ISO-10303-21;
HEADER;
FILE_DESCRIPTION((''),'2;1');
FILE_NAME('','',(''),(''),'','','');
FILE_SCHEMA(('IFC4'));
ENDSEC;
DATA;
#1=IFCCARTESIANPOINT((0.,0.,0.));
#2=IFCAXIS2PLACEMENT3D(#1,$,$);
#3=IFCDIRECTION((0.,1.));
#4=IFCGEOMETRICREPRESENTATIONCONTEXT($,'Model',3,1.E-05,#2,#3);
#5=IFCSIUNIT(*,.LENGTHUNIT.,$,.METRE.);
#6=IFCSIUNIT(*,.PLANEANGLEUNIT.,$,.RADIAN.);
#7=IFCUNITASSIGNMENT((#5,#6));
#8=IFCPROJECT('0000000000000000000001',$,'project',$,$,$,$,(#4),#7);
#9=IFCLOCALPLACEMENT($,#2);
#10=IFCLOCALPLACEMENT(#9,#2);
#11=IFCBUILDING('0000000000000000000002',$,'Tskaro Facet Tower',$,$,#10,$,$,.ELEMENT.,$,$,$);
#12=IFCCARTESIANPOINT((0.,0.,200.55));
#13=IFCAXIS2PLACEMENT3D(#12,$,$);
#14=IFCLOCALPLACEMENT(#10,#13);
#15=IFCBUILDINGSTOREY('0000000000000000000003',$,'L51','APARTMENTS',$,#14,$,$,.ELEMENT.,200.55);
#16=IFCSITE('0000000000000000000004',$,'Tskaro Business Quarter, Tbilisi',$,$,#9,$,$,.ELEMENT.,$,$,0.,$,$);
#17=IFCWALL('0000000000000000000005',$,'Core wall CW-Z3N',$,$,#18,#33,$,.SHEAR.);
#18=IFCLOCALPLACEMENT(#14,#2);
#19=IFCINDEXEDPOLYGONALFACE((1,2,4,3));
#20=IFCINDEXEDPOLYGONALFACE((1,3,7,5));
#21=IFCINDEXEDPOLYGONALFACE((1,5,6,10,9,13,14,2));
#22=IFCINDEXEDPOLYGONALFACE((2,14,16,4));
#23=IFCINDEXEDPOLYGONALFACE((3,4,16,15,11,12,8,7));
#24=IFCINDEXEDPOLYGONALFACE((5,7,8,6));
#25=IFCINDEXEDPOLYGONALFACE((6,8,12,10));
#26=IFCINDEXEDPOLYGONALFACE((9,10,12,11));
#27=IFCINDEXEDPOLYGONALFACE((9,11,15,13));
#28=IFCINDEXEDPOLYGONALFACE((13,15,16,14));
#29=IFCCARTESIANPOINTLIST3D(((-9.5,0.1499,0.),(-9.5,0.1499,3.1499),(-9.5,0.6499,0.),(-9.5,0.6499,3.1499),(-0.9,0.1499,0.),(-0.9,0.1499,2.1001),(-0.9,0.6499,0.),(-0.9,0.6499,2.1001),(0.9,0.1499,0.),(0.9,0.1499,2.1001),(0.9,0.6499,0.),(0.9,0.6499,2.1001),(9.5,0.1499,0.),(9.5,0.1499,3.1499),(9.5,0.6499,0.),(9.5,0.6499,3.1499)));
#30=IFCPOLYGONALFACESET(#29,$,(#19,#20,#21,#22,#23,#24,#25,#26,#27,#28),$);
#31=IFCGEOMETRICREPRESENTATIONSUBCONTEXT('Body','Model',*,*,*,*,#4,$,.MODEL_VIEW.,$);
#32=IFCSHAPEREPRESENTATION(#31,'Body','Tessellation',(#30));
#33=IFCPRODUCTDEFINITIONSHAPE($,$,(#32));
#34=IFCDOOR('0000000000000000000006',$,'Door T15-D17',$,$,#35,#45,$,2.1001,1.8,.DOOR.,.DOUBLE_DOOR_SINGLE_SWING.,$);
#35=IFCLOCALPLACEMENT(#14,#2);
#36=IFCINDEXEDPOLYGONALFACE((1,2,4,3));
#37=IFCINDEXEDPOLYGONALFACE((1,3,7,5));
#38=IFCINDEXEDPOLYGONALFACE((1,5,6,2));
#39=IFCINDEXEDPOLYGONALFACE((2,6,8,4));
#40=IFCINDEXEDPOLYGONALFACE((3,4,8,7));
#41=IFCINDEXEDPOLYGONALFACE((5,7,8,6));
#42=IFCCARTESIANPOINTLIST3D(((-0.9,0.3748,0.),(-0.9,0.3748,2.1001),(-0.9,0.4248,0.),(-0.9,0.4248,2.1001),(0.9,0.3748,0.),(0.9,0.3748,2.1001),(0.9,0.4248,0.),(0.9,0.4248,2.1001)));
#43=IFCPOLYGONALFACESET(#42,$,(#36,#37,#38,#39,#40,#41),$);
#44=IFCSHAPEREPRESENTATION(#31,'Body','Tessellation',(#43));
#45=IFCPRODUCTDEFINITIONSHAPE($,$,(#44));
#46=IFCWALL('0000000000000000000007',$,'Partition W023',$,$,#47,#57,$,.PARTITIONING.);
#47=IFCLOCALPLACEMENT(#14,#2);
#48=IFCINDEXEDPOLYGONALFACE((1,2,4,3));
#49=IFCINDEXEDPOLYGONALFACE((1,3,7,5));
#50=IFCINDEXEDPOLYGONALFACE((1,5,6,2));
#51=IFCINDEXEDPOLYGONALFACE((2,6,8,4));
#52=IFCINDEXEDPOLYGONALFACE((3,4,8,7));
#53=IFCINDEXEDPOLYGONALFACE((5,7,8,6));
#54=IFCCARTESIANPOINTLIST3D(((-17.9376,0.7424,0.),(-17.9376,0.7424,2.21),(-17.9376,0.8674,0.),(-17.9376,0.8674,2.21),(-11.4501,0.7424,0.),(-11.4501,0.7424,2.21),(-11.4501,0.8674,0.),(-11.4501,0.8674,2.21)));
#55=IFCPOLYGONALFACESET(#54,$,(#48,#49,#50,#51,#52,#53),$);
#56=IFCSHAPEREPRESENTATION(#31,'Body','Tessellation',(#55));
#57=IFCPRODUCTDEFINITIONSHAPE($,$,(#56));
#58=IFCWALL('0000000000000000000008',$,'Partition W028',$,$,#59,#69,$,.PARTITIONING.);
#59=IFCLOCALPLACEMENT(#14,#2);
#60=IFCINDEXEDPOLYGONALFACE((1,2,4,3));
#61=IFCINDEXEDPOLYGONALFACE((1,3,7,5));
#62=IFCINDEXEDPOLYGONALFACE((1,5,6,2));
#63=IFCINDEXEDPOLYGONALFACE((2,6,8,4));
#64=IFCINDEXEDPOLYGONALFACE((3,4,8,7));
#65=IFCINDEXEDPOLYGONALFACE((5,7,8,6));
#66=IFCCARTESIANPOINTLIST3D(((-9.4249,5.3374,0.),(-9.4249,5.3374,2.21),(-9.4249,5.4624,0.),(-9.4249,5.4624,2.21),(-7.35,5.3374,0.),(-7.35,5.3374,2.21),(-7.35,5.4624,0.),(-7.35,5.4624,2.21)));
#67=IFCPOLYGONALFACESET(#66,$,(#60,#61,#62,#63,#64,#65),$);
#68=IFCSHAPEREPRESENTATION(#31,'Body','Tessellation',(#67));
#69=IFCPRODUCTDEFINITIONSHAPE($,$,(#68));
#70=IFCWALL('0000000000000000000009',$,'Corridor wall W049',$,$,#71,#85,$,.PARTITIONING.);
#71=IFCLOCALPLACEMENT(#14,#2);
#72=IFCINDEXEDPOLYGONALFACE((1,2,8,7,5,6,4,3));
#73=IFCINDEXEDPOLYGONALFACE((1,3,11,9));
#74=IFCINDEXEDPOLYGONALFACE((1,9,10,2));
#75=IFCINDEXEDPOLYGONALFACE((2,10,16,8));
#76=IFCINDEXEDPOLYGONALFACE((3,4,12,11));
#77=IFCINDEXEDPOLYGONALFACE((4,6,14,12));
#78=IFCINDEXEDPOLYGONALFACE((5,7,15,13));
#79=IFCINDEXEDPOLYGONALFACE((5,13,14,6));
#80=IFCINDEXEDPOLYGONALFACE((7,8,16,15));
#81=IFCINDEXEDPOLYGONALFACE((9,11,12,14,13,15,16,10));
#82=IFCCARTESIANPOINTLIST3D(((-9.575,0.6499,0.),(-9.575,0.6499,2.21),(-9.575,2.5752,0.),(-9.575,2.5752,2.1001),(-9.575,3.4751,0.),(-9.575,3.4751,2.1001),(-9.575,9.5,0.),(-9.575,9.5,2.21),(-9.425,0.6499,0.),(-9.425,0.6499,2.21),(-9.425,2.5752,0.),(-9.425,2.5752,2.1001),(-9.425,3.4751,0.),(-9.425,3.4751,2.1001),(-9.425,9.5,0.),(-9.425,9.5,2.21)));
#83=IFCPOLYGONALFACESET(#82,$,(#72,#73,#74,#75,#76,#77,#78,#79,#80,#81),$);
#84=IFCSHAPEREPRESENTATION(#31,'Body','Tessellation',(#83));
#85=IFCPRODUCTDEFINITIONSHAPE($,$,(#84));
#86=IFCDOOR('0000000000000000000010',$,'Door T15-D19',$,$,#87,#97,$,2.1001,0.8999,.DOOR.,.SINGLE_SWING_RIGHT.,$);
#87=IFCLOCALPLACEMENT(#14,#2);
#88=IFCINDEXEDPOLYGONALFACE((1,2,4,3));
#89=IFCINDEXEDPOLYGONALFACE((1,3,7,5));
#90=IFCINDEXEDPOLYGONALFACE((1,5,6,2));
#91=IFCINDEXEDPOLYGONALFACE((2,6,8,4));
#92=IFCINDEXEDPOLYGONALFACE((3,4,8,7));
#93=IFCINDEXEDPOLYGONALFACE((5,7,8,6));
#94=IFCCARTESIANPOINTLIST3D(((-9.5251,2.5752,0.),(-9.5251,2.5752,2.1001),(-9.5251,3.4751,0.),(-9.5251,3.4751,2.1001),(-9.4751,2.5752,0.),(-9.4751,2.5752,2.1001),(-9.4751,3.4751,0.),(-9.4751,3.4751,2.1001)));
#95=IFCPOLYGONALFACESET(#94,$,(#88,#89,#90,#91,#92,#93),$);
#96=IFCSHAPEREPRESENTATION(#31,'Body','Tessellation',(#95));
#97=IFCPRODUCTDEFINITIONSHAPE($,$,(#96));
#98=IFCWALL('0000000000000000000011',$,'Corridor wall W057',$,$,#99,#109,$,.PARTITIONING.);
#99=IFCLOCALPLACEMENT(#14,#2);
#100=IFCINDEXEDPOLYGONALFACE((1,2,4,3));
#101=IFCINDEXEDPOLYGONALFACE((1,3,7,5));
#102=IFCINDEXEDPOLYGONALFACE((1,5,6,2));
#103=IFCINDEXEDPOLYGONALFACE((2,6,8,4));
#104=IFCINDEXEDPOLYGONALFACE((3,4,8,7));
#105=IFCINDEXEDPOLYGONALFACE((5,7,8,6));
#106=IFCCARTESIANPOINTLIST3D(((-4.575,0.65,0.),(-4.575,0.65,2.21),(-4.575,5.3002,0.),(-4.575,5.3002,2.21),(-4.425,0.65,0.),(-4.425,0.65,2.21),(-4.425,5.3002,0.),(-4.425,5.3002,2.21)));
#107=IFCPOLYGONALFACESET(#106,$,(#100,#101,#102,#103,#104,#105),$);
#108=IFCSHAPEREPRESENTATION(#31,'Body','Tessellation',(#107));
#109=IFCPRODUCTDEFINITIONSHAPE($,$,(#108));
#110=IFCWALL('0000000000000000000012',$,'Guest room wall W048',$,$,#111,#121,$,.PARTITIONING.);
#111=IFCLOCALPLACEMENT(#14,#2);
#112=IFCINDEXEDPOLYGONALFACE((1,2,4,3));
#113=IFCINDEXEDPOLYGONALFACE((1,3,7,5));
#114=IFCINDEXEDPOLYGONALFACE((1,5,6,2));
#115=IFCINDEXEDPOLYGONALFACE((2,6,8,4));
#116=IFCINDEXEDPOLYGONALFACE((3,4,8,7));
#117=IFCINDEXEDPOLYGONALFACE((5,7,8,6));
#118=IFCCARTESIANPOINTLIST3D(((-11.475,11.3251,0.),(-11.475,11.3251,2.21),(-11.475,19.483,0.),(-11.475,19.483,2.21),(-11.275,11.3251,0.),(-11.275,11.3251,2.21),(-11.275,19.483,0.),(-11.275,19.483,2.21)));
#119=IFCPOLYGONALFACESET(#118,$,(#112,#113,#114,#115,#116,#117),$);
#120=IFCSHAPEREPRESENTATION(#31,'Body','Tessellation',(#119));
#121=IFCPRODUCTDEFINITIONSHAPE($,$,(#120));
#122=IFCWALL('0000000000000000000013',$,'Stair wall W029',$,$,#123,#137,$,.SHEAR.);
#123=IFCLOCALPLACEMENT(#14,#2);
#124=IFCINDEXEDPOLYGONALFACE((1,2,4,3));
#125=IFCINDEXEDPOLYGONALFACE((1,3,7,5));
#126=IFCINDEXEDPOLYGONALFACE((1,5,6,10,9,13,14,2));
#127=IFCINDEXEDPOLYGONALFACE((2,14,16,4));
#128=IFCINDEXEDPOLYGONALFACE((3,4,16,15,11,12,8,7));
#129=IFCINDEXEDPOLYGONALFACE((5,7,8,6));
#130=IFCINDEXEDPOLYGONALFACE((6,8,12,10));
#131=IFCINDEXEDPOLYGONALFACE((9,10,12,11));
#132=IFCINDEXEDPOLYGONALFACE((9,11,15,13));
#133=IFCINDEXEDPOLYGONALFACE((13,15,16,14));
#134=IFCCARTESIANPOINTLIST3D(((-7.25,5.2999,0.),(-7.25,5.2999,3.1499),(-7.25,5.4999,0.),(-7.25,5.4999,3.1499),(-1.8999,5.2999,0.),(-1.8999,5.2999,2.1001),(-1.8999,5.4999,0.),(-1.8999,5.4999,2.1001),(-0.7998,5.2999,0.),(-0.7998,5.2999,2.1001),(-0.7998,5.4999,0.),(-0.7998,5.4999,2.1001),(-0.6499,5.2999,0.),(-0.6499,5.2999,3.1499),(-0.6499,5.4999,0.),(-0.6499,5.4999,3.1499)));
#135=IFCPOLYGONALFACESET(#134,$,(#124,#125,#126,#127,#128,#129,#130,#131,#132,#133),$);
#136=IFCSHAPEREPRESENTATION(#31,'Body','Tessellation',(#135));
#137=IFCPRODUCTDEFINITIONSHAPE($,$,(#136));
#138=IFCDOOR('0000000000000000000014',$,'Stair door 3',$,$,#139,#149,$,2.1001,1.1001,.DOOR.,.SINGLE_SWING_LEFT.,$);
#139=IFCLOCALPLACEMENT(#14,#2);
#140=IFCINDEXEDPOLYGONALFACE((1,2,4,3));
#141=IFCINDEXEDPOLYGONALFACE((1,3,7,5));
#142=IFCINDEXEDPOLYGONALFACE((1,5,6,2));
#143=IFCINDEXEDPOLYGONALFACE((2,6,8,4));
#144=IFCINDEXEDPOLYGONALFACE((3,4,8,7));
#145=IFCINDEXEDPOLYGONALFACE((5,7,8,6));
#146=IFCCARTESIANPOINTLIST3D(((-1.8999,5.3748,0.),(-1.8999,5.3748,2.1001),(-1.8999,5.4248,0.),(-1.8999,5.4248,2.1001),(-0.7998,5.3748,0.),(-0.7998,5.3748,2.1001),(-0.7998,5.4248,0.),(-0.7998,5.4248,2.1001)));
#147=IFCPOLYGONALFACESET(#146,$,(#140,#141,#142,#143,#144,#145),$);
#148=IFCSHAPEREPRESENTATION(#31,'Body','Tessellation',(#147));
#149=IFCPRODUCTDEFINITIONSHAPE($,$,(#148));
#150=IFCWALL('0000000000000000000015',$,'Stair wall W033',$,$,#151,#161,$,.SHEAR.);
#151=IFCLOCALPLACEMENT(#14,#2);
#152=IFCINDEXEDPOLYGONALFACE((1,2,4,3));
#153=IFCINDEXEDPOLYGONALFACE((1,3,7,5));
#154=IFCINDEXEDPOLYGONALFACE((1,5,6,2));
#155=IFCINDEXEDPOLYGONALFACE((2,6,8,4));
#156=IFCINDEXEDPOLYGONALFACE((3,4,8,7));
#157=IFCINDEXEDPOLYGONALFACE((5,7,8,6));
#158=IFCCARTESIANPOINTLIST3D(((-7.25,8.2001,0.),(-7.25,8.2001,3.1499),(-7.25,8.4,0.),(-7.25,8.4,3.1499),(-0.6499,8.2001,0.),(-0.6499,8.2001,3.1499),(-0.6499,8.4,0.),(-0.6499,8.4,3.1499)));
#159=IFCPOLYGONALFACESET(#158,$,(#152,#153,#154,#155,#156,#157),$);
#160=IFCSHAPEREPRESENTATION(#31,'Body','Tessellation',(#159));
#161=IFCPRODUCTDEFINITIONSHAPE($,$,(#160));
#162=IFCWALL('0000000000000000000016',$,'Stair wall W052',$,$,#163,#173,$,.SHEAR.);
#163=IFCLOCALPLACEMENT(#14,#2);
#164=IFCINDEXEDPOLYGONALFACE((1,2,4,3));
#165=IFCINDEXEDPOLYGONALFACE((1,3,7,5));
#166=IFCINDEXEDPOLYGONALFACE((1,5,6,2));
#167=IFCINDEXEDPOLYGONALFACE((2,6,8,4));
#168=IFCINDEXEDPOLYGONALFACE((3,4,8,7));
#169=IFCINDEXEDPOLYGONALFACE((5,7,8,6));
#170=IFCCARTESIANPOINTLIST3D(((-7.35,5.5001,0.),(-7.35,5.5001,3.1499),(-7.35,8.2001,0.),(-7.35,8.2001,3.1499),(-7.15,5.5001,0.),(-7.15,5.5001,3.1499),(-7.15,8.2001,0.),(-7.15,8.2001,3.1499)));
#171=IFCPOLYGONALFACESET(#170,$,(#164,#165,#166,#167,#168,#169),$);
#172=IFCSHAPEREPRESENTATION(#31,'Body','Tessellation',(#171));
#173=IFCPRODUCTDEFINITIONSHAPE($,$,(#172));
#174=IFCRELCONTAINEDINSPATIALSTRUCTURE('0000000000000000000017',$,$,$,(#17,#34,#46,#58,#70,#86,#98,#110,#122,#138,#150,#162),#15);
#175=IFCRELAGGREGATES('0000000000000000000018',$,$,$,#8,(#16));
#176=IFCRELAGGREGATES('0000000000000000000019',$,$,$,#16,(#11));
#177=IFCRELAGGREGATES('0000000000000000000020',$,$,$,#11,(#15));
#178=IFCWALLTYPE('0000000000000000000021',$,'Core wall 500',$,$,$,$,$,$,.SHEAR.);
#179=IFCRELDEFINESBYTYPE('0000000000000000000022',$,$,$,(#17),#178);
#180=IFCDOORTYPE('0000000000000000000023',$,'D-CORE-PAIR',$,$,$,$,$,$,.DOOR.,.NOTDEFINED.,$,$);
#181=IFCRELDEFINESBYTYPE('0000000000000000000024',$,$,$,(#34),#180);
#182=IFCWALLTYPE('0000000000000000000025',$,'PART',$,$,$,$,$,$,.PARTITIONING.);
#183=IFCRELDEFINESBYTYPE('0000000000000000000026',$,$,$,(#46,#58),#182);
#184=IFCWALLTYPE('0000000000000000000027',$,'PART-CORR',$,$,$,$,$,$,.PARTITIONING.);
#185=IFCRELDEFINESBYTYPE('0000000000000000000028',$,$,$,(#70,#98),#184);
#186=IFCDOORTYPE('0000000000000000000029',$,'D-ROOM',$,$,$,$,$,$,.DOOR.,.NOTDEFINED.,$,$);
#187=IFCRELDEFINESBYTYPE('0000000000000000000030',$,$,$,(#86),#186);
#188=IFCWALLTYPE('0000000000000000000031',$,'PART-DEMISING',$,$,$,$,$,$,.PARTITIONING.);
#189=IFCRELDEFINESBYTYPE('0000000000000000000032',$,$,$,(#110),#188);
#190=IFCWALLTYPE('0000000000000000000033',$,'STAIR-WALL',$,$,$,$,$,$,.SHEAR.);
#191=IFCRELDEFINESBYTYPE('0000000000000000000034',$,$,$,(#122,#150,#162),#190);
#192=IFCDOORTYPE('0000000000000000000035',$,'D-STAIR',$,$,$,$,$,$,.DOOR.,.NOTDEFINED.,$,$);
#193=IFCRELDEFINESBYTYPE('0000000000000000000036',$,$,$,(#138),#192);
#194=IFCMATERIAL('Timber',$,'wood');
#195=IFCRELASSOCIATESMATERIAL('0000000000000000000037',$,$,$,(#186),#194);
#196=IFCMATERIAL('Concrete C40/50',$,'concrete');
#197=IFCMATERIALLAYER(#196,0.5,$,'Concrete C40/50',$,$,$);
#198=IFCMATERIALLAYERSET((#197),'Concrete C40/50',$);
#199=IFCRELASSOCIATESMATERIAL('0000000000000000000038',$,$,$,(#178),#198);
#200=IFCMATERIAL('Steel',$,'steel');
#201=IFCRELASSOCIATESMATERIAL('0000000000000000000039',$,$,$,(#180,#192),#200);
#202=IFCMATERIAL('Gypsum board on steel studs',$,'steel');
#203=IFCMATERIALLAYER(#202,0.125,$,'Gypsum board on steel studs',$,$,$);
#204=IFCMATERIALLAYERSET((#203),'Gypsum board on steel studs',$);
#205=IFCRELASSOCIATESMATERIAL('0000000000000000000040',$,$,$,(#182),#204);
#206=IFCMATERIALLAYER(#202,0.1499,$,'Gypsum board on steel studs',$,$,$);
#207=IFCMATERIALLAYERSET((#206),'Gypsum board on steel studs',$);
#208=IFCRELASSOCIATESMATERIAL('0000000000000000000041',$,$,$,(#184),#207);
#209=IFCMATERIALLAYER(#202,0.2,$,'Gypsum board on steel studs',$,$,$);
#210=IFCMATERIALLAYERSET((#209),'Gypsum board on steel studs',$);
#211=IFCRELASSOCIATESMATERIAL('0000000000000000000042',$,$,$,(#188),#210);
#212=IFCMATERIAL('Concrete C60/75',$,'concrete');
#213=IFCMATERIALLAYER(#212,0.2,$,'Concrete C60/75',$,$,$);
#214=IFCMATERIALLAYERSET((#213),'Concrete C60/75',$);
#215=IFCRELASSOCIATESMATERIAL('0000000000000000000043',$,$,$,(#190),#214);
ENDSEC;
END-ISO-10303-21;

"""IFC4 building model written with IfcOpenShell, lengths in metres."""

from ifc_helpers import new_model, si_unit, direction, frame, frame_2d, origin, place, context, subcontext, project, spatial, rectangle, extrude, material, layer, layer_set, type_object, element, fill, save


model = new_model("IFC4")

# Units and contexts
model_context = context("Model", 3, precision=1e-05, world=origin(), true_north=direction((0.0, 1.0)))
body_context = subcontext(model_context, "Body", "Model", "MODEL_VIEW")
ifc_project = project(units=[si_unit("LENGTHUNIT", "METRE"), si_unit("PLANEANGLEUNIT", "RADIAN")], contexts=[model_context])

# Site, building, storey
site_placement = place(None, origin())
site = spatial("IfcSite", under=ifc_project, at=site_placement, Name="Tskaro Business Quarter, Tbilisi", CompositionType="ELEMENT", RefElevation=0.0)
building_placement = place(site_placement, origin())
building = spatial("IfcBuilding", under=site, at=building_placement, Name="Tskaro Facet Tower", CompositionType="ELEMENT")
storey_placement = place(building_placement, frame((0.0, 0.0, 200.55)))
storey = spatial("IfcBuildingStorey", under=building, at=storey_placement, Name="L51", Description="APARTMENTS", CompositionType="ELEMENT", Elevation=200.55)

# Shared definitions
ifc_material_1 = material(Name="Timber", Category="wood")
door_type_1 = type_object("IfcDoorType", Name="D-ROOM", OperationType="NOTDEFINED", PredefinedType="DOOR", material=ifc_material_1)

# Wall, opening, door
ifc_material_2 = material(Name="Concrete C40/50", Category="concrete")
ifc_layer_1 = layer(ifc_material_2, 0.5, Name="Concrete C40/50")
ifc_layer_set_1 = layer_set([ifc_layer_1], Name="Concrete C40/50")
wall_type_1 = type_object("IfcWallType", Name="Core wall 500", PredefinedType="SHEAR", material=ifc_layer_set_1)
wall_1_placement = place(storey_placement, frame((-9.5, 0.3999, 0.0), z_axis=(0.0, 0.0, 1.0), x_axis=(1.0, 0.0, 0.0)))
wall_1 = element("IfcWall", 1, at=wall_1_placement, inside=storey, type_object=wall_type_1, Name="Core wall CW-Z3N", PredefinedType="SHEAR", context=body_context, shape_type="SweptSolid", body=[
    extrude(rectangle(XDim=19.0, YDim=0.5, at=frame_2d((9.5, 0.0))), origin(), (0.0, 0.0, 1.0), 3.1499),
])
opening_1_placement = place(wall_1_placement, frame((8.6001, 0.0, 0.0)))
opening_1 = element("IfcOpeningElement", 2, at=opening_1_placement, cuts=wall_1, PredefinedType="OPENING", context=body_context, shape_type="SweptSolid", body=[
    extrude(rectangle(XDim=1.8, YDim=2.1001, at=frame_2d((0.8999, 1.05))), frame((0.0, 0.26, 0.0), z_axis=(0.0, -1.0, 0.0), x_axis=(1.0, 0.0, 0.0)), (0.0, 0.0, 1.0), 0.52),
])
ifc_material_3 = material(Name="Steel", Category="steel")
door_type_2 = type_object("IfcDoorType", Name="D-CORE-PAIR", OperationType="NOTDEFINED", PredefinedType="DOOR", material=ifc_material_3)
door_1_placement = place(opening_1_placement, origin())
door_1 = element("IfcDoor", 3, at=door_1_placement, inside=storey, type_object=door_type_2, Name="Door T15-D17", OperationType="DOUBLE_DOOR_SINGLE_SWING", OverallHeight=2.1001, OverallWidth=1.8, PredefinedType="DOOR", context=body_context, shape_type="SweptSolid", body=[
    extrude(rectangle(XDim=1.8, YDim=2.1001, at=frame_2d((0.8999, 1.05))), frame((0.0, 0.0249, 0.0), z_axis=(0.0, -1.0, 0.0), x_axis=(1.0, 0.0, 0.0)), (0.0, 0.0, 1.0), 0.05),
])
fill(opening_1, door_1)

# Walls
ifc_material_4 = material(Name="Gypsum board on steel studs", Category="steel")
ifc_layer_2 = layer(ifc_material_4, 0.125, Name="Gypsum board on steel studs")
ifc_layer_set_2 = layer_set([ifc_layer_2], Name="Gypsum board on steel studs")
wall_type_2 = type_object("IfcWallType", Name="PART", PredefinedType="PARTITIONING", material=ifc_layer_set_2)
wall_2_placement = place(storey_placement, frame((-17.9375, 0.8049, 0.0), z_axis=(0.0, 0.0, 1.0), x_axis=(1.0, 0.0, 0.0)))
element("IfcWall", 4, at=wall_2_placement, inside=storey, type_object=wall_type_2, Name="Partition W023", PredefinedType="PARTITIONING", context=body_context, shape_type="SweptSolid", body=[
    extrude(rectangle(XDim=6.4875, YDim=0.125, at=frame_2d((3.2437, 0.0))), origin(), (0.0, 0.0, 1.0), 2.21),
])
wall_3_placement = place(storey_placement, frame((-9.425, 5.3999, 0.0), z_axis=(0.0, 0.0, 1.0), x_axis=(1.0, 0.0, 0.0)))
element("IfcWall", 5, at=wall_3_placement, inside=storey, type_object=wall_type_2, Name="Partition W028", PredefinedType="PARTITIONING", context=body_context, shape_type="SweptSolid", body=[
    extrude(rectangle(XDim=2.075, YDim=0.125, at=frame_2d((1.0376, 0.0))), origin(), (0.0, 0.0, 1.0), 2.21),
])

# Wall, opening, door
ifc_layer_3 = layer(ifc_material_4, 0.1499, Name="Gypsum board on steel studs")
ifc_layer_set_3 = layer_set([ifc_layer_3], Name="Gypsum board on steel studs")
wall_type_3 = type_object("IfcWallType", Name="PART-CORR", PredefinedType="PARTITIONING", material=ifc_layer_set_3)
wall_4_placement = place(storey_placement, frame((-9.5, 9.5, 0.0), z_axis=(0.0, 0.0, 1.0), x_axis=(0.0, -1.0, 0.0)))
wall_4 = element("IfcWall", 6, at=wall_4_placement, inside=storey, type_object=wall_type_3, Name="Corridor wall W049", PredefinedType="PARTITIONING", context=body_context, shape_type="SweptSolid", body=[
    extrude(rectangle(XDim=8.8501, YDim=0.1499, at=frame_2d((4.425, 0.0))), origin(), (0.0, 0.0, 1.0), 2.21),
])
opening_2_placement = place(wall_4_placement, frame((6.0249, 0.0, 0.0)))
opening_2 = element("IfcOpeningElement", 7, at=opening_2_placement, cuts=wall_4, PredefinedType="OPENING", context=body_context, shape_type="SweptSolid", body=[
    extrude(rectangle(XDim=0.8999, YDim=2.1001, at=frame_2d((0.45, 1.05))), frame((0.0, 0.085, 0.0), z_axis=(0.0, -1.0, 0.0), x_axis=(1.0, 0.0, 0.0)), (0.0, 0.0, 1.0), 0.1699),
])
door_2_placement = place(opening_2_placement, origin())
door_2 = element("IfcDoor", 8, at=door_2_placement, inside=storey, type_object=door_type_1, Name="Door T15-D19", OperationType="SINGLE_SWING_RIGHT", OverallHeight=2.1001, OverallWidth=0.8999, PredefinedType="DOOR", context=body_context, shape_type="SweptSolid", body=[
    extrude(rectangle(XDim=0.8999, YDim=2.1001, at=frame_2d((0.45, 1.05))), frame((0.0, 0.0249, 0.0), z_axis=(0.0, -1.0, 0.0), x_axis=(1.0, 0.0, 0.0)), (0.0, 0.0, 1.0), 0.05),
])
fill(opening_2, door_2)

# Walls
wall_5_placement = place(storey_placement, frame((-4.5, 0.6499, 0.0), z_axis=(0.0, 0.0, 1.0), x_axis=(0.0, 1.0, 0.0)))
element("IfcWall", 9, at=wall_5_placement, inside=storey, type_object=wall_type_3, Name="Corridor wall W057", PredefinedType="PARTITIONING", context=body_context, shape_type="SweptSolid", body=[
    extrude(rectangle(XDim=4.6501, YDim=0.1499, at=frame_2d((2.3252, 0.0))), origin(), (0.0, 0.0, 1.0), 2.21),
])
ifc_layer_4 = layer(ifc_material_4, 0.2, Name="Gypsum board on steel studs")
ifc_layer_set_4 = layer_set([ifc_layer_4], Name="Gypsum board on steel studs")
wall_type_4 = type_object("IfcWallType", Name="PART-DEMISING", PredefinedType="PARTITIONING", material=ifc_layer_set_4)
wall_6_placement = place(storey_placement, frame((-11.375, 11.325, 0.0), z_axis=(0.0, 0.0, 1.0), x_axis=(0.0, 1.0, 0.0)))
element("IfcWall", 10, at=wall_6_placement, inside=storey, type_object=wall_type_4, Name="Guest room wall W048", PredefinedType="PARTITIONING", context=body_context, shape_type="SweptSolid", body=[
    extrude(rectangle(XDim=8.158, YDim=0.2, at=frame_2d((4.0791, 0.0))), origin(), (0.0, 0.0, 1.0), 2.21),
])

# Wall, opening, door
ifc_material_5 = material(Name="Concrete C60/75", Category="concrete")
ifc_layer_5 = layer(ifc_material_5, 0.2, Name="Concrete C60/75")
ifc_layer_set_5 = layer_set([ifc_layer_5], Name="Concrete C60/75")
wall_type_5 = type_object("IfcWallType", Name="STAIR-WALL", PredefinedType="SHEAR", material=ifc_layer_set_5)
wall_7_placement = place(storey_placement, frame((-7.25, 5.3999, 0.0), z_axis=(0.0, 0.0, 1.0), x_axis=(1.0, 0.0, 0.0)))
wall_7 = element("IfcWall", 11, at=wall_7_placement, inside=storey, type_object=wall_type_5, Name="Stair wall W029", PredefinedType="SHEAR", context=body_context, shape_type="SweptSolid", body=[
    extrude(rectangle(XDim=6.6001, YDim=0.2, at=frame_2d((3.3, 0.0))), origin(), (0.0, 0.0, 1.0), 3.1499),
])
opening_3_placement = place(wall_7_placement, frame((5.3501, 0.0, 0.0)))
opening_3 = element("IfcOpeningElement", 12, at=opening_3_placement, cuts=wall_7, PredefinedType="OPENING", context=body_context, shape_type="SweptSolid", body=[
    extrude(rectangle(XDim=1.1001, YDim=2.1001, at=frame_2d((0.55, 1.05))), frame((0.0, 0.1099, 0.0), z_axis=(0.0, -1.0, 0.0), x_axis=(1.0, 0.0, 0.0)), (0.0, 0.0, 1.0), 0.22),
])
door_type_3 = type_object("IfcDoorType", Name="D-STAIR", OperationType="NOTDEFINED", PredefinedType="DOOR", material=ifc_material_3)
door_3_placement = place(opening_3_placement, origin())
door_3 = element("IfcDoor", 13, at=door_3_placement, inside=storey, type_object=door_type_3, Name="Stair door 3", OperationType="SINGLE_SWING_LEFT", OverallHeight=2.1001, OverallWidth=1.1001, PredefinedType="DOOR", context=body_context, shape_type="SweptSolid", body=[
    extrude(rectangle(XDim=1.1001, YDim=2.1001, at=frame_2d((0.55, 1.05))), frame((0.0, 0.0249, 0.0), z_axis=(0.0, -1.0, 0.0), x_axis=(1.0, 0.0, 0.0)), (0.0, 0.0, 1.0), 0.05),
])
fill(opening_3, door_3)

# Walls
wall_8_placement = place(storey_placement, frame((-7.25, 8.3, 0.0), z_axis=(0.0, 0.0, 1.0), x_axis=(1.0, 0.0, 0.0)))
element("IfcWall", 14, at=wall_8_placement, inside=storey, type_object=wall_type_5, Name="Stair wall W033", PredefinedType="SHEAR", context=body_context, shape_type="SweptSolid", body=[
    extrude(rectangle(XDim=6.6001, YDim=0.2, at=frame_2d((3.3, 0.0))), origin(), (0.0, 0.0, 1.0), 3.1499),
])
wall_9_placement = place(storey_placement, frame((-7.25, 5.5, 0.0), z_axis=(0.0, 0.0, 1.0), x_axis=(0.0, 1.0, 0.0)))
element("IfcWall", 15, at=wall_9_placement, inside=storey, type_object=wall_type_5, Name="Stair wall W052", PredefinedType="SHEAR", context=body_context, shape_type="SweptSolid", body=[
    extrude(rectangle(XDim=2.7, YDim=0.2, at=frame_2d((1.3501, 0.0))), origin(), (0.0, 0.0, 1.0), 3.1499),
])

save(model, "model.ifc")
